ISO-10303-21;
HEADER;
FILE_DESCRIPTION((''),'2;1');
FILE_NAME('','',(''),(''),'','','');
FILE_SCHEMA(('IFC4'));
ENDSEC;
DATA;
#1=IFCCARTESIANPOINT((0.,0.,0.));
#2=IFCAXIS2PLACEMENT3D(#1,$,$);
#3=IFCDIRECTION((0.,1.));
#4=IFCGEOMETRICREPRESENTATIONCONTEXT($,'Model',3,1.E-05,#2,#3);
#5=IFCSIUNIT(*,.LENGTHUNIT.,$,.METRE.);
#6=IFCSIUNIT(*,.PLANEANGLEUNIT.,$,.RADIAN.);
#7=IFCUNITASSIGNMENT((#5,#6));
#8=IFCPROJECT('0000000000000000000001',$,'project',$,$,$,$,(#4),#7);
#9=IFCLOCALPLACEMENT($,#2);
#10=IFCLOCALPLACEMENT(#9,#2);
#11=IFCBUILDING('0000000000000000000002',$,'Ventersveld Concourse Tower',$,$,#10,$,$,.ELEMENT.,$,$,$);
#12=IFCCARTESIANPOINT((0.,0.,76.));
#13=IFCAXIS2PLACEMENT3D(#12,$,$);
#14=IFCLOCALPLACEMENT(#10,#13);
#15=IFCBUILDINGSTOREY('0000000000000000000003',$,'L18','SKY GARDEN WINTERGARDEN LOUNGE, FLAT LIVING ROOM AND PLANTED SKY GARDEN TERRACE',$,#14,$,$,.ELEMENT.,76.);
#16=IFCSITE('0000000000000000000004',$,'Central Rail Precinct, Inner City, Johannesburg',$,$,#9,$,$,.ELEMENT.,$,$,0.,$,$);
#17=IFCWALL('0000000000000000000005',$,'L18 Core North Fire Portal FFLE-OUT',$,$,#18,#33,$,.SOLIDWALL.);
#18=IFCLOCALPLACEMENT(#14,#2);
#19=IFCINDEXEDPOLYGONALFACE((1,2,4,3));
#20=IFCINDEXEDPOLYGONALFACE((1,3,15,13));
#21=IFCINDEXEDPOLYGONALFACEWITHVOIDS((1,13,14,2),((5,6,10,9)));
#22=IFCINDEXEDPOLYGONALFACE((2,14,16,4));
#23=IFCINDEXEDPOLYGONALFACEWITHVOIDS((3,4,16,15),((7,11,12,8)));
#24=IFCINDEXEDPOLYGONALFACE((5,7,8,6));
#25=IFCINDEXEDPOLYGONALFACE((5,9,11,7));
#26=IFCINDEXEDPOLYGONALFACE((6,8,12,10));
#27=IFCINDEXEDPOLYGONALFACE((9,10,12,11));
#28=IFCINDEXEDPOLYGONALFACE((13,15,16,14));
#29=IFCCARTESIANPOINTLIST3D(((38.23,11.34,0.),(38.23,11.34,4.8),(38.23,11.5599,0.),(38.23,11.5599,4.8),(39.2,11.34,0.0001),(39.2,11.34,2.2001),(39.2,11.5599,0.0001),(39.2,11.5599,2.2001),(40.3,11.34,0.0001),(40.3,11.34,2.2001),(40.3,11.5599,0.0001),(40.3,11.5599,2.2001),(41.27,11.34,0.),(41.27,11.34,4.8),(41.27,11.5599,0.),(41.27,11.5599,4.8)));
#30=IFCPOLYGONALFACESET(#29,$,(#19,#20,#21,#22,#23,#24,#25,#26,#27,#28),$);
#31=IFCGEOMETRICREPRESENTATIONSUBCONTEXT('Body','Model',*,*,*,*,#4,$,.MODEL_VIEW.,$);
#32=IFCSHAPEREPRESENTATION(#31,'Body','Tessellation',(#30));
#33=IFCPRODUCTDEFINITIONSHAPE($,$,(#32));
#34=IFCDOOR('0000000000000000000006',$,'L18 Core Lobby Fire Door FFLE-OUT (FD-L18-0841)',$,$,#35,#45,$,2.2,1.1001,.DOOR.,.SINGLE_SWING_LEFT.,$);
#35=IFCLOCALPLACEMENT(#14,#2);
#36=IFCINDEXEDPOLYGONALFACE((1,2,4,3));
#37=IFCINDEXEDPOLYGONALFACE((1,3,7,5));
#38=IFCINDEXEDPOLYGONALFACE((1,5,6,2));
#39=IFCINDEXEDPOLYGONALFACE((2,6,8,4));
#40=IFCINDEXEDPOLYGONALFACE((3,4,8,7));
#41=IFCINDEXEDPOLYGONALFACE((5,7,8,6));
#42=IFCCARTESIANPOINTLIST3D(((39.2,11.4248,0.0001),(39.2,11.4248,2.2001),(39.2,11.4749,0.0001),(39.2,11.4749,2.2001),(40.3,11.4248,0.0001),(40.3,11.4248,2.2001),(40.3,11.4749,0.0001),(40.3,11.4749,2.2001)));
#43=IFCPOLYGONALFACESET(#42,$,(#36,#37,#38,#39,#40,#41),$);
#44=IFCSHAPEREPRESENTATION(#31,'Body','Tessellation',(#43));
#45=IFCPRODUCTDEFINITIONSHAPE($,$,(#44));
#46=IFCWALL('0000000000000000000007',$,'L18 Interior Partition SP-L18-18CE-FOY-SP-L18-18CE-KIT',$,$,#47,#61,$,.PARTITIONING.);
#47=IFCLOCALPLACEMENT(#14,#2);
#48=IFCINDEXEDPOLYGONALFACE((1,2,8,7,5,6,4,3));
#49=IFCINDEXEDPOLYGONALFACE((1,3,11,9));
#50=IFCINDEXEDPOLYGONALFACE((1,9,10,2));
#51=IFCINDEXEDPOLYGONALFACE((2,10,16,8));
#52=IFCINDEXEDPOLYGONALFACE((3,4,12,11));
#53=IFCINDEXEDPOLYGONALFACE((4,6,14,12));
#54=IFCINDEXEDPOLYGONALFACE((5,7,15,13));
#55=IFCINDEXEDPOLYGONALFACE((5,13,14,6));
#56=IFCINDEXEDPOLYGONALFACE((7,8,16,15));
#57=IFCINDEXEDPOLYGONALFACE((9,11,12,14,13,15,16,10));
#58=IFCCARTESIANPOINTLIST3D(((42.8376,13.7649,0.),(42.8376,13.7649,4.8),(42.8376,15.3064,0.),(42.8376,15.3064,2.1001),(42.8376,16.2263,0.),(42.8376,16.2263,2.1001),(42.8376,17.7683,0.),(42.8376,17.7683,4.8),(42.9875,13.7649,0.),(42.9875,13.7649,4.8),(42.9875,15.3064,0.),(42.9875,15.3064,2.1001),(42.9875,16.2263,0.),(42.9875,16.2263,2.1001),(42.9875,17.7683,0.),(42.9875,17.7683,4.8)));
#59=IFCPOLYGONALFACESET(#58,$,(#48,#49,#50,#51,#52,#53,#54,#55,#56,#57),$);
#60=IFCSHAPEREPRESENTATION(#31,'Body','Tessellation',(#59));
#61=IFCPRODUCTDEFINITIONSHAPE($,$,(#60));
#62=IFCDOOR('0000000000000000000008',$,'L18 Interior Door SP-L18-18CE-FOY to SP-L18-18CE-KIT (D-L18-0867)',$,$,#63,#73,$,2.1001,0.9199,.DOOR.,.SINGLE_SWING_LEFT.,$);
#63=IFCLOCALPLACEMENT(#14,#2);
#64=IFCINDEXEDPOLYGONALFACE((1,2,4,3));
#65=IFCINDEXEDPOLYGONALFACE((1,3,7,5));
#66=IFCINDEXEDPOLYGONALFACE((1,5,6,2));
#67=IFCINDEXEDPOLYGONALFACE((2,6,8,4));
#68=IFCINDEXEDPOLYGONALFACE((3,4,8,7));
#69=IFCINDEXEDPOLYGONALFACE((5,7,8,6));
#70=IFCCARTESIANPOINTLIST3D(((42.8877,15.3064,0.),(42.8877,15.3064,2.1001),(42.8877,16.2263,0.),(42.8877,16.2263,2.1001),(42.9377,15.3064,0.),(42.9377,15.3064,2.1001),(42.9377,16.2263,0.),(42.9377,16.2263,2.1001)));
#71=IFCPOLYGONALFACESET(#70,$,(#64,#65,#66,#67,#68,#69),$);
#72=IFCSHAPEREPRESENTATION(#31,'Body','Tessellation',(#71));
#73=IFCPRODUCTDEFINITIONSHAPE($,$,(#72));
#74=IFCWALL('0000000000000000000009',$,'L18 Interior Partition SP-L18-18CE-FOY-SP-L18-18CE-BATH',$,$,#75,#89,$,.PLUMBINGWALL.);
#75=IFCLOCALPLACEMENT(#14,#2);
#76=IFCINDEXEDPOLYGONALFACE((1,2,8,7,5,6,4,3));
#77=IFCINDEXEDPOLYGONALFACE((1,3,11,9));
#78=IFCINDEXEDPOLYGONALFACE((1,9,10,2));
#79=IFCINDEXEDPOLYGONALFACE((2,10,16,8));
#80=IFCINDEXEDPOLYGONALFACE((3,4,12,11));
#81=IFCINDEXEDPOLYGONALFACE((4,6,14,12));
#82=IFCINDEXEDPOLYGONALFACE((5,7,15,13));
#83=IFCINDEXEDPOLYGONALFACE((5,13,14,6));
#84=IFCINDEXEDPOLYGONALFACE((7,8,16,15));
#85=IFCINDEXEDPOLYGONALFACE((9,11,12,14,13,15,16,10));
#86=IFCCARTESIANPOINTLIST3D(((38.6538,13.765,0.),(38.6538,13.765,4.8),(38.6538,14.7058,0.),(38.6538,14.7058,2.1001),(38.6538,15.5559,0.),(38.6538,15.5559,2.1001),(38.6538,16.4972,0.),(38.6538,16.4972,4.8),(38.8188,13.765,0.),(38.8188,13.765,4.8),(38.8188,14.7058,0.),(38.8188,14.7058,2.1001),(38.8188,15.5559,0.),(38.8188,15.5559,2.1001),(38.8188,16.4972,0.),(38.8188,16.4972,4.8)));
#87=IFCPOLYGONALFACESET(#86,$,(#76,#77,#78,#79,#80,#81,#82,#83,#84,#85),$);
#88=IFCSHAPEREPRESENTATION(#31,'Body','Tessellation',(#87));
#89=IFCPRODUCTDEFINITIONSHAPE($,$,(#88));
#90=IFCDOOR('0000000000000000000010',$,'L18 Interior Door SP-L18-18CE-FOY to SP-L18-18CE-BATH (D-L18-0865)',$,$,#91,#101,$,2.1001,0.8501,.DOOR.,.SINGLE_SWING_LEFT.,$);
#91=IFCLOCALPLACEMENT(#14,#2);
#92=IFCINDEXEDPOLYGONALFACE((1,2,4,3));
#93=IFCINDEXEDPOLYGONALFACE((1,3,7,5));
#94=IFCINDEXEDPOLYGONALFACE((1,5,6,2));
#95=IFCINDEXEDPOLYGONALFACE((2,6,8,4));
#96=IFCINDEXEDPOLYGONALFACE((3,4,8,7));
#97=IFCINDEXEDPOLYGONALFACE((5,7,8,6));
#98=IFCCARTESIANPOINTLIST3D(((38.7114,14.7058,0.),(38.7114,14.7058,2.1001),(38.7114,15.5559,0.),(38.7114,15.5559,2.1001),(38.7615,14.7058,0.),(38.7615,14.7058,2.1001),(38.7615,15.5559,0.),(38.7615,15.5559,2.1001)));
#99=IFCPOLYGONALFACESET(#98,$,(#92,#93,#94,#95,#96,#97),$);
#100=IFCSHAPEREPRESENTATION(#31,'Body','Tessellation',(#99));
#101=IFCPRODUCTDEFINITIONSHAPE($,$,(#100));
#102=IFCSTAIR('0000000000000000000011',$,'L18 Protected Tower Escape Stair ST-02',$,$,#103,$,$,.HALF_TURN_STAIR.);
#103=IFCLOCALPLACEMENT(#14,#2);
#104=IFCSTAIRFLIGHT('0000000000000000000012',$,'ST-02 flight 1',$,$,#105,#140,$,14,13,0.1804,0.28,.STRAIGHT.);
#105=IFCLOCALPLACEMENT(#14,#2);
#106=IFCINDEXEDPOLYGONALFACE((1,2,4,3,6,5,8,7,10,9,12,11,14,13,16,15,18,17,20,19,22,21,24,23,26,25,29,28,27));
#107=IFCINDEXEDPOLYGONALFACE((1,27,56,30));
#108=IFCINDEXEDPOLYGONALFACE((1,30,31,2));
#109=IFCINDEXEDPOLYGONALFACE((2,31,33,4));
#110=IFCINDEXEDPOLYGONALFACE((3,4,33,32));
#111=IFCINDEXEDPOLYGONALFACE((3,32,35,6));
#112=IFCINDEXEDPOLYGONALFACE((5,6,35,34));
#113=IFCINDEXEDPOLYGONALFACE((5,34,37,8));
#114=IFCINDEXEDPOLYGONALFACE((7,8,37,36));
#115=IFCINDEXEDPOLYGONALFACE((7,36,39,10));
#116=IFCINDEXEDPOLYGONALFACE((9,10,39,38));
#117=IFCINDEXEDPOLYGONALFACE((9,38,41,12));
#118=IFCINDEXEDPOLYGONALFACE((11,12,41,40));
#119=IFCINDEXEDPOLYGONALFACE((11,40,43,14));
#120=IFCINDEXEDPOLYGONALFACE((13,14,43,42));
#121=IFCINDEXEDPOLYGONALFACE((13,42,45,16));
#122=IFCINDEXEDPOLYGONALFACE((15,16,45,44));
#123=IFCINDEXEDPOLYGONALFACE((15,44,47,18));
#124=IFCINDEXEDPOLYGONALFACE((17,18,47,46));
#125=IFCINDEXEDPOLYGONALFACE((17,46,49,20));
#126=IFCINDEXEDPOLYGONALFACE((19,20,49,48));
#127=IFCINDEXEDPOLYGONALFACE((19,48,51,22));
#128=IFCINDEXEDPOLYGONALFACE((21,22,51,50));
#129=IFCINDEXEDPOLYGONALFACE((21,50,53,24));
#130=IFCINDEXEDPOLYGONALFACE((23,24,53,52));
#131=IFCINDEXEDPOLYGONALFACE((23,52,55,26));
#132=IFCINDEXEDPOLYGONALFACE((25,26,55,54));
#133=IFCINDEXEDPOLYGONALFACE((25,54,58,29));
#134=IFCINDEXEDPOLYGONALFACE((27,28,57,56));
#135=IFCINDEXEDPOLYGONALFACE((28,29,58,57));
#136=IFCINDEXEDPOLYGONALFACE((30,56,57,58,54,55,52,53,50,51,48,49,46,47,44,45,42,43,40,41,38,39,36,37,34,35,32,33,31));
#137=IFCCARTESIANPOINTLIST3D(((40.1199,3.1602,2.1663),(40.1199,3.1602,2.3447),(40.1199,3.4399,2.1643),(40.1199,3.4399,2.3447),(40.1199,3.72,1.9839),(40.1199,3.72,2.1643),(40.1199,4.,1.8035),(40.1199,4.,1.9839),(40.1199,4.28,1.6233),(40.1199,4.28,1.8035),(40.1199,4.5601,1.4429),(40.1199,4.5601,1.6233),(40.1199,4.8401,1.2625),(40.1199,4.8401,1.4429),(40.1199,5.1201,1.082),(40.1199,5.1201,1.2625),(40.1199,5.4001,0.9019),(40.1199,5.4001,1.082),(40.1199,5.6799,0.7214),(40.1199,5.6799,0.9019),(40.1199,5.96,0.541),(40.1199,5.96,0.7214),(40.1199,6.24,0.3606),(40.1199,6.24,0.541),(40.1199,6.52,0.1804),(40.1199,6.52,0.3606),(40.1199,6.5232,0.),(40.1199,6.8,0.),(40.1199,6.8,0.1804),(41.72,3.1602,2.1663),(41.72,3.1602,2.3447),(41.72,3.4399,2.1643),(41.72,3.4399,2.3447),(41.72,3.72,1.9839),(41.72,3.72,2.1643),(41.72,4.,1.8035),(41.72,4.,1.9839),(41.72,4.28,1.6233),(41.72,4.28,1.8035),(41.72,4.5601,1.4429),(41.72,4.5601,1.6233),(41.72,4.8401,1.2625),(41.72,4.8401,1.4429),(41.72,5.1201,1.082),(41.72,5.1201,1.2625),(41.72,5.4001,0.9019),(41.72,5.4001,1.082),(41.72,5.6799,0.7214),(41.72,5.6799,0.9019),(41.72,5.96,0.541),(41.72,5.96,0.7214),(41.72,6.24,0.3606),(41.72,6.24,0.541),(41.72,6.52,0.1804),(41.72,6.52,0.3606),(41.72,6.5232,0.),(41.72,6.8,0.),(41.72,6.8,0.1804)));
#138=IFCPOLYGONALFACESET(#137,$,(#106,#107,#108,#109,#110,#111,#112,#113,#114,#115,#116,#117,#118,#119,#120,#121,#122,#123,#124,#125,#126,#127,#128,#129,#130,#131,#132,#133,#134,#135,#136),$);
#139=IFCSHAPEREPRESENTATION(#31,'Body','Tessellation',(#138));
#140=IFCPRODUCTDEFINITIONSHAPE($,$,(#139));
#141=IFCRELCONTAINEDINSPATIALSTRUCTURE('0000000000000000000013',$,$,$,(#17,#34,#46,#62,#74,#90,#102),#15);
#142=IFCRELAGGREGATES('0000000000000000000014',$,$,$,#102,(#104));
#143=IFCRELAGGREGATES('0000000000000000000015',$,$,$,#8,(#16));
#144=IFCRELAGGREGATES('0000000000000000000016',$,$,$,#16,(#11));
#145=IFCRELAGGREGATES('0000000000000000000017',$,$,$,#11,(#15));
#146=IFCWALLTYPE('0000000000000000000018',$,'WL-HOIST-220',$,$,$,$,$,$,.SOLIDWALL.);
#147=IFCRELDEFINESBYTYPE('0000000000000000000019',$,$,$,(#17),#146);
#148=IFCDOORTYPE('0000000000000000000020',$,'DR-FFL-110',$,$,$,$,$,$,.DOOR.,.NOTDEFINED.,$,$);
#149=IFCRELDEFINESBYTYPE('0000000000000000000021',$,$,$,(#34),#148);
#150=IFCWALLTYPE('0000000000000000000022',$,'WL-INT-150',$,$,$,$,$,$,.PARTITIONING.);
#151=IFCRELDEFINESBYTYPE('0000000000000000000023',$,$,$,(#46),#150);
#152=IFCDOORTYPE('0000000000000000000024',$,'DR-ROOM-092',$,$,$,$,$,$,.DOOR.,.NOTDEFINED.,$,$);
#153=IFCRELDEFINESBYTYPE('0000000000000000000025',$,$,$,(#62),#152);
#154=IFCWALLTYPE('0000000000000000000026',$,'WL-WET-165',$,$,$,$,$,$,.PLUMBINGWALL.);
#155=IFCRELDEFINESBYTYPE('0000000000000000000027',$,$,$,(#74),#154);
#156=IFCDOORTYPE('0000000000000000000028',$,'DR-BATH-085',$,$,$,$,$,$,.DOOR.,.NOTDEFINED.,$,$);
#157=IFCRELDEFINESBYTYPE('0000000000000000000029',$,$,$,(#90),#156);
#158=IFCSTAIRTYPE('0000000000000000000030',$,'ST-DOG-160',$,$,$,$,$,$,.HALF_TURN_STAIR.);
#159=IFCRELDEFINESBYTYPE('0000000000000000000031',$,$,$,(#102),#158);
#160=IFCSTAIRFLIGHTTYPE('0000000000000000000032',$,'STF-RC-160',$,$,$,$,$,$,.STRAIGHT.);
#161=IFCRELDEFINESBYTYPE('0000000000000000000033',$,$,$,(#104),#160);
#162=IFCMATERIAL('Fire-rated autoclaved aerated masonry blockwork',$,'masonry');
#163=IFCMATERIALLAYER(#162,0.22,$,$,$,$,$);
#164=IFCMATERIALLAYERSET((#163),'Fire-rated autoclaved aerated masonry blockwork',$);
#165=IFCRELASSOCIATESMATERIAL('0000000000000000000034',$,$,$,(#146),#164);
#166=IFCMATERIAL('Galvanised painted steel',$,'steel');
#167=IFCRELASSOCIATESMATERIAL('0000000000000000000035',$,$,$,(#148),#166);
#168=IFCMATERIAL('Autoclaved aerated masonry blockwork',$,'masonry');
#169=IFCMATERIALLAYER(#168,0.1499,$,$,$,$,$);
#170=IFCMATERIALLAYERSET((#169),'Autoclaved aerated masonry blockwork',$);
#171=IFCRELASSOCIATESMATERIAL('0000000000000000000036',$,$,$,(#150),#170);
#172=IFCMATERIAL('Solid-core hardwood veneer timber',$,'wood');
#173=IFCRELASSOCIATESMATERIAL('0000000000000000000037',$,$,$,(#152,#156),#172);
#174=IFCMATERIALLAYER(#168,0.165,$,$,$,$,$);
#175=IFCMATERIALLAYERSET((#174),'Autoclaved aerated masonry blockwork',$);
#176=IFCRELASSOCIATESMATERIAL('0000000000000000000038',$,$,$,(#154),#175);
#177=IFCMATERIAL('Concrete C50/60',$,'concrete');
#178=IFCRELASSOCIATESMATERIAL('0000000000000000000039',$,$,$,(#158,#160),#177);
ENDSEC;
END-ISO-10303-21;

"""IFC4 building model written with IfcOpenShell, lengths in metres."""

from ifc_helpers import new_model, si_unit, direction, frame, frame_2d, origin, place, context, subcontext, project, spatial, polyline, rectangle, outline, extrude, material, layer, layer_set, type_object, element, fill, aggregate, save


model = new_model("IFC4")

# Units and contexts
model_context = context("Model", 3, precision=1e-05, world=origin(), true_north=direction((0.0, 1.0)))
body_context = subcontext(model_context, "Body", "Model", "MODEL_VIEW")
ifc_project = project(units=[si_unit("LENGTHUNIT", "METRE"), si_unit("PLANEANGLEUNIT", "RADIAN")], contexts=[model_context])

# Site, building, storey
site_placement = place(None, origin())
site = spatial("IfcSite", under=ifc_project, at=site_placement, Name="Central Rail Precinct, Inner City, Johannesburg", CompositionType="ELEMENT", RefElevation=0.0)
building_placement = place(site_placement, origin())
building = spatial("IfcBuilding", under=site, at=building_placement, Name="Ventersveld Concourse Tower", CompositionType="ELEMENT")
storey_placement = place(building_placement, frame((0.0, 0.0, 76.0)))
storey = spatial("IfcBuildingStorey", under=building, at=storey_placement, Name="L18", Description="SKY GARDEN WINTERGARDEN LOUNGE, FLAT LIVING ROOM AND PLANTED SKY GARDEN TERRACE", CompositionType="ELEMENT", Elevation=76.0)

# Shared definitions
ifc_material_1 = material(Name="Fire-rated autoclaved aerated masonry blockwork", Category="masonry")
ifc_material_2 = material(Name="Solid-core hardwood veneer timber", Category="wood")

# Shared definitions
ifc_layer_1 = layer(ifc_material_1, 0.22)
ifc_layer_set_1 = layer_set([ifc_layer_1], Name="Fire-rated autoclaved aerated masonry blockwork")
wall_type_1 = type_object("IfcWallType", Name="WL-HOIST-220", PredefinedType="SOLIDWALL", material=ifc_layer_set_1)

# Walls, openings, doors
ifc_material_3 = material(Name="Galvanised painted steel", Category="steel")
wall_1_placement = place(storey_placement, frame((38.23, 11.45, 0.0), z_axis=(0.0, 0.0, 1.0), x_axis=(1.0, 0.0, 0.0)))
wall_1 = element("IfcWall", 1, at=wall_1_placement, inside=storey, type_object=wall_type_1, Name="L18 Core North Fire Portal FFLE-OUT", PredefinedType="SOLIDWALL", context=body_context, shape_type="SweptSolid", body=[
    extrude(rectangle(XDim=3.04, YDim=0.22, at=frame_2d((1.52, 0.0))), origin(), (0.0, 0.0, 1.0), 4.8),
])
opening_1_placement = place(wall_1_placement, frame((0.97, 0.0, 0.0)))
opening_1 = element("IfcOpeningElement", 2, at=opening_1_placement, cuts=wall_1, PredefinedType="OPENING", context=body_context, shape_type="SweptSolid", body=[
    extrude(rectangle(XDim=1.1001, YDim=2.2, at=frame_2d((0.55, 1.1001))), frame((0.0, 0.1201, 0.0), z_axis=(0.0, -1.0, 0.0), x_axis=(1.0, 0.0, 0.0)), (0.0, 0.0, 1.0), 0.24),
])
door_type_1 = type_object("IfcDoorType", Name="DR-FFL-110", OperationType="NOTDEFINED", PredefinedType="DOOR", material=ifc_material_3)
door_1_placement = place(opening_1_placement, origin())
door_1 = element("IfcDoor", 3, at=door_1_placement, inside=storey, type_object=door_type_1, Name="L18 Core Lobby Fire Door FFLE-OUT (FD-L18-0841)", OperationType="SINGLE_SWING_LEFT", OverallHeight=2.2, OverallWidth=1.1001, PredefinedType="DOOR", context=body_context, shape_type="SweptSolid", body=[
    extrude(rectangle(XDim=1.1001, YDim=2.2, at=frame_2d((0.55, 1.1001))), frame((0.0, 0.0249, 0.0), z_axis=(0.0, -1.0, 0.0), x_axis=(1.0, 0.0, 0.0)), (0.0, 0.0, 1.0), 0.05),
])
fill(opening_1, door_1)
ifc_material_4 = material(Name="Autoclaved aerated masonry blockwork", Category="masonry")
ifc_layer_2 = layer(ifc_material_4, 0.1499)
ifc_layer_set_2 = layer_set([ifc_layer_2], Name="Autoclaved aerated masonry blockwork")
wall_type_2 = type_object("IfcWallType", Name="WL-INT-150", PredefinedType="PARTITIONING", material=ifc_layer_set_2)
wall_2_placement = place(storey_placement, frame((42.9126, 13.7649, 0.0), z_axis=(0.0, 0.0, 1.0), x_axis=(0.0, 1.0, 0.0)))
wall_2 = element("IfcWall", 4, at=wall_2_placement, inside=storey, type_object=wall_type_2, Name="L18 Interior Partition SP-L18-18CE-FOY-SP-L18-18CE-KIT", PredefinedType="PARTITIONING", context=body_context, shape_type="SweptSolid", body=[
    extrude(rectangle(XDim=4.0034, YDim=0.1499, at=frame_2d((2.0017, 0.0))), origin(), (0.0, 0.0, 1.0), 4.8),
])
opening_2_placement = place(wall_2_placement, frame((1.5415, 0.0, 0.0)))
opening_2 = element("IfcOpeningElement", 5, at=opening_2_placement, cuts=wall_2, PredefinedType="OPENING", context=body_context, shape_type="SweptSolid", body=[
    extrude(rectangle(XDim=0.9199, YDim=2.1001, at=frame_2d((0.46, 1.05))), frame((0.0, 0.085, 0.0), z_axis=(0.0, -1.0, 0.0), x_axis=(1.0, 0.0, 0.0)), (0.0, 0.0, 1.0), 0.1699),
])
door_type_2 = type_object("IfcDoorType", Name="DR-ROOM-092", OperationType="NOTDEFINED", PredefinedType="DOOR", material=ifc_material_2)
door_2_placement = place(opening_2_placement, origin())
door_2 = element("IfcDoor", 6, at=door_2_placement, inside=storey, type_object=door_type_2, Name="L18 Interior Door SP-L18-18CE-FOY to SP-L18-18CE-KIT (D-L18-0867)", OperationType="SINGLE_SWING_LEFT", OverallHeight=2.1001, OverallWidth=0.9199, PredefinedType="DOOR", context=body_context, shape_type="SweptSolid", body=[
    extrude(rectangle(XDim=0.9199, YDim=2.1001, at=frame_2d((0.46, 1.05))), frame((0.0, 0.0249, 0.0), z_axis=(0.0, -1.0, 0.0), x_axis=(1.0, 0.0, 0.0)), (0.0, 0.0, 1.0), 0.05),
])
fill(opening_2, door_2)
ifc_layer_3 = layer(ifc_material_4, 0.165)
ifc_layer_set_3 = layer_set([ifc_layer_3], Name="Autoclaved aerated masonry blockwork")
wall_type_3 = type_object("IfcWallType", Name="WL-WET-165", PredefinedType="PLUMBINGWALL", material=ifc_layer_set_3)
wall_3_placement = place(storey_placement, frame((38.7363, 13.7649, 0.0), z_axis=(0.0, 0.0, 1.0), x_axis=(0.0, 1.0, 0.0)))
wall_3 = element("IfcWall", 7, at=wall_3_placement, inside=storey, type_object=wall_type_3, Name="L18 Interior Partition SP-L18-18CE-FOY-SP-L18-18CE-BATH", PredefinedType="PLUMBINGWALL", context=body_context, shape_type="SweptSolid", body=[
    extrude(rectangle(XDim=2.7322, YDim=0.165, at=frame_2d((1.3662, 0.0))), origin(), (0.0, 0.0, 1.0), 4.8),
])
opening_3_placement = place(wall_3_placement, frame((0.9409, 0.0, 0.0)))
opening_3 = element("IfcOpeningElement", 8, at=opening_3_placement, cuts=wall_3, PredefinedType="OPENING", context=body_context, shape_type="SweptSolid", body=[
    extrude(rectangle(XDim=0.8501, YDim=2.1001, at=frame_2d((0.425, 1.05))), frame((0.0, 0.0925, 0.0), z_axis=(0.0, -1.0, 0.0), x_axis=(1.0, 0.0, 0.0)), (0.0, 0.0, 1.0), 0.1851),
])
door_type_3 = type_object("IfcDoorType", Name="DR-BATH-085", OperationType="NOTDEFINED", PredefinedType="DOOR", material=ifc_material_2)
door_3_placement = place(opening_3_placement, origin())
door_3 = element("IfcDoor", 9, at=door_3_placement, inside=storey, type_object=door_type_3, Name="L18 Interior Door SP-L18-18CE-FOY to SP-L18-18CE-BATH (D-L18-0865)", OperationType="SINGLE_SWING_LEFT", OverallHeight=2.1001, OverallWidth=0.8501, PredefinedType="DOOR", context=body_context, shape_type="SweptSolid", body=[
    extrude(rectangle(XDim=0.8501, YDim=2.1001, at=frame_2d((0.425, 1.05))), frame((0.0, 0.0249, 0.0), z_axis=(0.0, -1.0, 0.0), x_axis=(1.0, 0.0, 0.0)), (0.0, 0.0, 1.0), 0.05),
])
fill(opening_3, door_3)

# Stair, stair flight
ifc_material_5 = material(Name="Concrete C50/60", Category="concrete")
stair_type = type_object("IfcStairType", Name="ST-DOG-160", PredefinedType="HALF_TURN_STAIR", material=ifc_material_5)
stair_placement = place(storey_placement, origin())
stair = element("IfcStair", 10, at=stair_placement, inside=storey, type_object=stair_type, Name="L18 Protected Tower Escape Stair ST-02", PredefinedType="HALF_TURN_STAIR")
stair_flight_type = type_object("IfcStairFlightType", Name="STF-RC-160", PredefinedType="STRAIGHT", material=ifc_material_5)
stair_flight_1_placement = place(storey_placement, frame((40.9199, 6.8, 0.0), z_axis=(0.0, 0.0, 1.0), x_axis=(0.0, -1.0, 0.0)))
stair_flight_1 = element("IfcStairFlight", 11, at=stair_flight_1_placement, type_object=stair_flight_type, Name="ST-02 flight 1", NumberOfRisers=14, NumberOfTreads=13, PredefinedType="STRAIGHT", RiserHeight=0.1804, TreadLength=0.28, context=body_context, shape_type="SweptSolid", body=[
    extrude(outline(polyline([(0.0, 0.0), (0.0, 0.1804), (0.28, 0.1804), (0.28, 0.3606), (0.5601, 0.3606), (0.5601, 0.541), (0.8401, 0.541), (0.8401, 0.7214), (1.1201, 0.7214), (1.1201, 0.9019), (1.3999, 0.9019), (1.3999, 1.082), (1.6799, 1.082), (1.6799, 1.2625), (1.96, 1.2625), (1.96, 1.4429), (2.24, 1.4429), (2.24, 1.6233), (2.52, 1.6233), (2.52, 1.8035), (2.8, 1.8035), (2.8, 1.9839), (3.0801, 1.9839), (3.0801, 2.1643), (3.3601, 2.1643), (3.3601, 2.3447), (3.6399, 2.3447), (3.6399, 2.5249), (3.6399, 2.1663), (0.2769, 0.0), (0.0, 0.0)])), frame((0.0, 0.8, 0.0), z_axis=(0.0, -1.0, 0.0), x_axis=(1.0, 0.0, 0.0)), (0.0, 0.0, 1.0), 1.6001),
])
aggregate(stair, [stair_flight_1])

save(model, "model.ifc")
